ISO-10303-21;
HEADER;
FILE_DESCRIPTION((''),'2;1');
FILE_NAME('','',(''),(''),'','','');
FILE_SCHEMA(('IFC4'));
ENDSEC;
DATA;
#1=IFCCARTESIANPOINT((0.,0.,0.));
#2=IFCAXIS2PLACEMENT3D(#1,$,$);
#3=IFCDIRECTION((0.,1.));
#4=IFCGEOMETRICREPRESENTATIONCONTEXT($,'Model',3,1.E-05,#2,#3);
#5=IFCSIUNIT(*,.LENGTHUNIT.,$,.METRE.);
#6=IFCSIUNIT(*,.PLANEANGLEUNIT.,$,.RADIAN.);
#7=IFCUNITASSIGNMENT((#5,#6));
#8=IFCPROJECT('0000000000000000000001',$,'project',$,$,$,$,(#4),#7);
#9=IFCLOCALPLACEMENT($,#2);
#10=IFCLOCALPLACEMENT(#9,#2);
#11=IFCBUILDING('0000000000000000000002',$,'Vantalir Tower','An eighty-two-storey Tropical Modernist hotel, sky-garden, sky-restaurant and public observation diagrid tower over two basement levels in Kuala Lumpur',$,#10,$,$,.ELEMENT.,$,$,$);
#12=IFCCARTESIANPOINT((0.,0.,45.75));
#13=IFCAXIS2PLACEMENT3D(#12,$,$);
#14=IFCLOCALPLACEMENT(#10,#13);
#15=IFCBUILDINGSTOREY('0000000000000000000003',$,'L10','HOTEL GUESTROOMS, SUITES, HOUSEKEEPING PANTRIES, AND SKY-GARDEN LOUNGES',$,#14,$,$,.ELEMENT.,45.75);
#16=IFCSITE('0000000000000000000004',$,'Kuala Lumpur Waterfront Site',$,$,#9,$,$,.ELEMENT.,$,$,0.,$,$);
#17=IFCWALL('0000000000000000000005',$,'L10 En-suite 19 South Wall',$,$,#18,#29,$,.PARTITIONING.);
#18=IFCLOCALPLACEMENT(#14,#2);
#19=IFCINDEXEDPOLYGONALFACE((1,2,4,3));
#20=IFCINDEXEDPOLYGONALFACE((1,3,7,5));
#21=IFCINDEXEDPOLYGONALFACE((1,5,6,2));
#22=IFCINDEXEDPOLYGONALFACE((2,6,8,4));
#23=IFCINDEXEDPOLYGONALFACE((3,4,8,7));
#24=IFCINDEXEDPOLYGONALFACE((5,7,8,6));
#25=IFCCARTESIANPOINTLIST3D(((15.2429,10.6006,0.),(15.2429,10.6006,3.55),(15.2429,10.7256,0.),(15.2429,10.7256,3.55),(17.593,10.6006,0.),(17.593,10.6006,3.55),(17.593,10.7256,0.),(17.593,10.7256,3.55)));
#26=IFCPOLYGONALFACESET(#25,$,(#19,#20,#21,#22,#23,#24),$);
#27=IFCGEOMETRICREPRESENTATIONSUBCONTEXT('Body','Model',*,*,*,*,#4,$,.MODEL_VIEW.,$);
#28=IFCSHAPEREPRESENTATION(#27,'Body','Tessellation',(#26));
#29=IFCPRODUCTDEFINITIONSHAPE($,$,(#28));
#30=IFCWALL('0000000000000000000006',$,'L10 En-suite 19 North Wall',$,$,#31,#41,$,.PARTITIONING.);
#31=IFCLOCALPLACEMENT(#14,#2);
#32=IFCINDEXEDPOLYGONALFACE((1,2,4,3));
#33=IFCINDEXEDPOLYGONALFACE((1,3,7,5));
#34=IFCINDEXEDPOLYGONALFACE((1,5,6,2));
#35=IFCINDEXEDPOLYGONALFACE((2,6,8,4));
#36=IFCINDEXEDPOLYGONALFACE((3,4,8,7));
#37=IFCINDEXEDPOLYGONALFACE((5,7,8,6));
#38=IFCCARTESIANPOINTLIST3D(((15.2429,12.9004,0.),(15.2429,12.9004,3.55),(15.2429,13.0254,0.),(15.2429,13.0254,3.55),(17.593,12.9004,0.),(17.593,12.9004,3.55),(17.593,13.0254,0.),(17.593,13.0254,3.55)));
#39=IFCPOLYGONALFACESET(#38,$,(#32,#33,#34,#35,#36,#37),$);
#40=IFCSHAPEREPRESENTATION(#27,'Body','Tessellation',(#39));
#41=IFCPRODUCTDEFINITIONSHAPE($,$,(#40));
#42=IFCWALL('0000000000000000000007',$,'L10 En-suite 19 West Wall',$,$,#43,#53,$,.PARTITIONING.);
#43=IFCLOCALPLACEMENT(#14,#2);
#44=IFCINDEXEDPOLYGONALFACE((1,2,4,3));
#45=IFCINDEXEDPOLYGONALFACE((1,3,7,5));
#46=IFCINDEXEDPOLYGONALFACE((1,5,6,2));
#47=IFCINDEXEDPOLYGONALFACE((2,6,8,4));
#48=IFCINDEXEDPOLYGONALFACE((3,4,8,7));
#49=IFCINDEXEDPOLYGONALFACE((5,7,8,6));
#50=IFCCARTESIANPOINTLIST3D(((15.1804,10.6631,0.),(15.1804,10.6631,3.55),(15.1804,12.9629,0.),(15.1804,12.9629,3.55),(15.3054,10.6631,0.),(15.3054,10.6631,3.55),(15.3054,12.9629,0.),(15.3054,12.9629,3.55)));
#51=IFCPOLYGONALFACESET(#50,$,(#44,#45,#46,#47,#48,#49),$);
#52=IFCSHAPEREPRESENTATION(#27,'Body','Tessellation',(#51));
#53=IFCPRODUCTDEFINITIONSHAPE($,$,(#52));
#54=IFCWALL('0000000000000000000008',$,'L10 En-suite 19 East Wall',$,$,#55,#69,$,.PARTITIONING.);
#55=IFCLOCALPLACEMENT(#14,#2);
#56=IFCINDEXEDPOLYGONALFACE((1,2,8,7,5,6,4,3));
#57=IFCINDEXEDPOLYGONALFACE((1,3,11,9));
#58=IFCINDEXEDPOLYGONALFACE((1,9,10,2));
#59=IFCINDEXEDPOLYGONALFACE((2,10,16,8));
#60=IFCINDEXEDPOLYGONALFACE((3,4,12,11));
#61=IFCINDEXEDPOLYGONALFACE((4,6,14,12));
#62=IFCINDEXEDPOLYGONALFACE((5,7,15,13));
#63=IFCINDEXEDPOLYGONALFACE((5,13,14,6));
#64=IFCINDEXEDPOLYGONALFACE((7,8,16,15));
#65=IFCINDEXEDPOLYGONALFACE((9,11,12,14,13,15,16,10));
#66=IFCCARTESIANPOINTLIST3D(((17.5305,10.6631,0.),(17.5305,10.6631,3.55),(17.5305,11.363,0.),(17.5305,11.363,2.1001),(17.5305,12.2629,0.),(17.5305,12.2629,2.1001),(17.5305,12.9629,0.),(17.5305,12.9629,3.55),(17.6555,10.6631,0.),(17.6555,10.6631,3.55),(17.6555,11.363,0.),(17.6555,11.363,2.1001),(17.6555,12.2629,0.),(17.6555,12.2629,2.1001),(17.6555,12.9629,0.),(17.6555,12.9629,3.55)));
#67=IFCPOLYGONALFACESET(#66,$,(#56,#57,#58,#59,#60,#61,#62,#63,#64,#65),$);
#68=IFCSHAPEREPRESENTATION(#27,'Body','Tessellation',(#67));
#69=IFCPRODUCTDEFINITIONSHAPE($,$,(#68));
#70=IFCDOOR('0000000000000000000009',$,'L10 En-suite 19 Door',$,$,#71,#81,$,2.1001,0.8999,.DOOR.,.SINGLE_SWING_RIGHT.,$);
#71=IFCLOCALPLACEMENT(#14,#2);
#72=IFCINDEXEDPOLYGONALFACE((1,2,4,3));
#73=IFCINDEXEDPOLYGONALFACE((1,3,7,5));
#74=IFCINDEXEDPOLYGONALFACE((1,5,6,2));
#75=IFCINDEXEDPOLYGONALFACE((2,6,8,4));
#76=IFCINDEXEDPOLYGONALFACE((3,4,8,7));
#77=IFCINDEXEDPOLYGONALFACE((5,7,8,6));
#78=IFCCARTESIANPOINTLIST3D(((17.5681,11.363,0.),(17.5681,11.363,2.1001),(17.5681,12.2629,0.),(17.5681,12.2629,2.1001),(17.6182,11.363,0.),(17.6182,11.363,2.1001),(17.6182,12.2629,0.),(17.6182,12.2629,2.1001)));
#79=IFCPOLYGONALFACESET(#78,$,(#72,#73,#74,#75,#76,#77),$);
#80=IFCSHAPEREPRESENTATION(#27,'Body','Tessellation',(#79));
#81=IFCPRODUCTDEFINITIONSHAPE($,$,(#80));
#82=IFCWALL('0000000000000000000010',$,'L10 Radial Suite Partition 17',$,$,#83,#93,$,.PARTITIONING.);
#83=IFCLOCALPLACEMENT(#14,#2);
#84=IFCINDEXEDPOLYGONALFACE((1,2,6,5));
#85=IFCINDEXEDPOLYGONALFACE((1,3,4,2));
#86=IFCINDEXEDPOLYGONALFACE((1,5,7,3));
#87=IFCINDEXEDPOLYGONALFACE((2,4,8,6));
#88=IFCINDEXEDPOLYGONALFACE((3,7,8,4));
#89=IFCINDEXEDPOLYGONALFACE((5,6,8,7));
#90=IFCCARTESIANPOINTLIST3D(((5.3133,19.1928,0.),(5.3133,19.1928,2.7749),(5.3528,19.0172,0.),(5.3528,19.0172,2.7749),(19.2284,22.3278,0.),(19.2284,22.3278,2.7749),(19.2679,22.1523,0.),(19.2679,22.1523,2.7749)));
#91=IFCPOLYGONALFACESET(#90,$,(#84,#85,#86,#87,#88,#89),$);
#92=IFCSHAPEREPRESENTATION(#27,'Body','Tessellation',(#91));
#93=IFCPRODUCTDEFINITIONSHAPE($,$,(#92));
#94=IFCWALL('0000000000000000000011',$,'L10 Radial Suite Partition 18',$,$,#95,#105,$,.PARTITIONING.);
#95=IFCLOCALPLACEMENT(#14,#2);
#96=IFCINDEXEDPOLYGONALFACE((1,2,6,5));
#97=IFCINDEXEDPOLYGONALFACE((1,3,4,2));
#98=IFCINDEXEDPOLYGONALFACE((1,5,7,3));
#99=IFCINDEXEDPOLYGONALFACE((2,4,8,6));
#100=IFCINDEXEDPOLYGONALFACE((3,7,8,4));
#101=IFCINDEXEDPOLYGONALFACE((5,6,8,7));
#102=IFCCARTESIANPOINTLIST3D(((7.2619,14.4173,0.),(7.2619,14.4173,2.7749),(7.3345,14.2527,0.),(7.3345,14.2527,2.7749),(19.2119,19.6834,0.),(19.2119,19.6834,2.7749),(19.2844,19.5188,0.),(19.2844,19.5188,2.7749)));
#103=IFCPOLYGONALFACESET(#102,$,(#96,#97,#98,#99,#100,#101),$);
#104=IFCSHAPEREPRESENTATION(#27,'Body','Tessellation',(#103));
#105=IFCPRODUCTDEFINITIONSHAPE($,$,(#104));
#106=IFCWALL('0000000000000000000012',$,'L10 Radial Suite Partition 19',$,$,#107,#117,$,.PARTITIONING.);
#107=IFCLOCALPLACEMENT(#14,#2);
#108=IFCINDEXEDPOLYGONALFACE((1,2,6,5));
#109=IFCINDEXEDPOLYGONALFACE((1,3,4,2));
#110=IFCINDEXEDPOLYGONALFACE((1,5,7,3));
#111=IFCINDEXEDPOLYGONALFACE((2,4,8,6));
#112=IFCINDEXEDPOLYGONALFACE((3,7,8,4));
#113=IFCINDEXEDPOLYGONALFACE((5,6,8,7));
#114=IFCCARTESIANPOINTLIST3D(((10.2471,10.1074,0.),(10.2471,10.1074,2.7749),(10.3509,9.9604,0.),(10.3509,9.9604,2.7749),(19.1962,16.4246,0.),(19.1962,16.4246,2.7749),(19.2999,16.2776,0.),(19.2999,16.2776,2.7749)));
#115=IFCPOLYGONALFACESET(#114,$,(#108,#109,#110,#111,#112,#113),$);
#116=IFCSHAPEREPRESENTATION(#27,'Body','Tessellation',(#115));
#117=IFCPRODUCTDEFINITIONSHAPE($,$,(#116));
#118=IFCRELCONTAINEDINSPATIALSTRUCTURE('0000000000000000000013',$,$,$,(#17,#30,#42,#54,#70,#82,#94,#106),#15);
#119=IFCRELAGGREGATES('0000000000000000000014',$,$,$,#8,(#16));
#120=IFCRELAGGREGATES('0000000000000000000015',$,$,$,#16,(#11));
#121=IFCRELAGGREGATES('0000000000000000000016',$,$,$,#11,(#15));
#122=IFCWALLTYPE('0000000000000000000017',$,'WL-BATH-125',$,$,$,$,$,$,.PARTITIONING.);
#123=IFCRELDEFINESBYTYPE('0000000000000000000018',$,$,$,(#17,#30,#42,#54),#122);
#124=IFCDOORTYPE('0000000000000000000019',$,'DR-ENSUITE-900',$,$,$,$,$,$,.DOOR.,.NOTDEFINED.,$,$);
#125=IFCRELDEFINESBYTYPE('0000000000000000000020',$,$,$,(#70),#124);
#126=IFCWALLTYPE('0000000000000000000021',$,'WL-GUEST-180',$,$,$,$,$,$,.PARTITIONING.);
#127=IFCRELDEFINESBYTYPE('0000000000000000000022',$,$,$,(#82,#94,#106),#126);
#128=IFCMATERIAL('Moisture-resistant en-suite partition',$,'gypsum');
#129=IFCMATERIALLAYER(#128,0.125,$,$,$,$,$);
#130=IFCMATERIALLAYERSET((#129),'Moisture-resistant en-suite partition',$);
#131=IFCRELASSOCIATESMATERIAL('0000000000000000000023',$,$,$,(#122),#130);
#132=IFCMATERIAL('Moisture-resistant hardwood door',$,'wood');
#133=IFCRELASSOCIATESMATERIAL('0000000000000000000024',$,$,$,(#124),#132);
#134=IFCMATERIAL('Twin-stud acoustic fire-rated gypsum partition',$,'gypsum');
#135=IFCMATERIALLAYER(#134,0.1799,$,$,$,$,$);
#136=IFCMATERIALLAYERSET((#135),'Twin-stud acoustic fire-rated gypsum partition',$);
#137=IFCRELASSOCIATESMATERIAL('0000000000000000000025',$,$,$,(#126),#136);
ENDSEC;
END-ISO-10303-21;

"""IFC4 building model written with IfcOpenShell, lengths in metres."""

from ifc_helpers import new_model, si_unit, direction, frame, frame_2d, origin, place, context, subcontext, project, spatial, rectangle, extrude, material, layer, layer_set, type_object, element, fill, save


model = new_model("IFC4")

# Units and contexts
model_context = context("Model", 3, precision=1e-05, world=origin(), true_north=direction((0.0, 1.0)))
body_context = subcontext(model_context, "Body", "Model", "MODEL_VIEW")
ifc_project = project(units=[si_unit("LENGTHUNIT", "METRE"), si_unit("PLANEANGLEUNIT", "RADIAN")], contexts=[model_context])

# Site, building, storey
site_placement = place(None, origin())
site = spatial("IfcSite", under=ifc_project, at=site_placement, Name="Kuala Lumpur Waterfront Site", CompositionType="ELEMENT", RefElevation=0.0)
building_placement = place(site_placement, origin())
building = spatial("IfcBuilding", under=site, at=building_placement, Name="Vantalir Tower", Description="An eighty-two-storey Tropical Modernist hotel, sky-garden, sky-restaurant and public observation diagrid tower over two basement levels in Kuala Lumpur", CompositionType="ELEMENT")
storey_placement = place(building_placement, frame((0.0, 0.0, 45.75)))
storey = spatial("IfcBuildingStorey", under=building, at=storey_placement, Name="L10", Description="HOTEL GUESTROOMS, SUITES, HOUSEKEEPING PANTRIES, AND SKY-GARDEN LOUNGES", CompositionType="ELEMENT", Elevation=45.75)

# Shared definitions
ifc_material_1 = material(Name="Moisture-resistant en-suite partition", Category="gypsum")
ifc_layer_1 = layer(ifc_material_1, 0.125)
ifc_layer_set_1 = layer_set([ifc_layer_1], Name="Moisture-resistant en-suite partition")
wall_type_1 = type_object("IfcWallType", Name="WL-BATH-125", PredefinedType="PARTITIONING", material=ifc_layer_set_1)

# Shared definitions
ifc_material_2 = material(Name="Moisture-resistant hardwood door", Category="wood")
door_type = type_object("IfcDoorType", Name="DR-ENSUITE-900", OperationType="NOTDEFINED", PredefinedType="DOOR", material=ifc_material_2)

# Walls
for number, where, z_axis, x_axis, name in (
    (1, (15.2429, 10.6631, 0.0), (0.0, 0.0, 1.0), (1.0, 0.0, 0.0), "L10 En-suite 19 South Wall"),
    (2, (15.2429, 12.9629, 0.0), (0.0, 0.0, 1.0), (1.0, 0.0, 0.0), "L10 En-suite 19 North Wall"),
):
    element("IfcWall", number, at=place(storey_placement, frame(where, z_axis=z_axis, x_axis=x_axis)), inside=storey, type_object=wall_type_1, Name=name, PredefinedType="PARTITIONING", context=body_context, shape_type="SweptSolid", body=[
        extrude(rectangle(XDim=2.3501, YDim=0.125, at=frame_2d((1.175, 0.0))), origin(), (0.0, 0.0, 1.0), 3.55),
    ])
wall_1_placement = place(storey_placement, frame((15.2429, 10.6631, 0.0), z_axis=(0.0, 0.0, 1.0), x_axis=(0.0, 1.0, 0.0)))
element("IfcWall", 3, at=wall_1_placement, inside=storey, type_object=wall_type_1, Name="L10 En-suite 19 West Wall", PredefinedType="PARTITIONING", context=body_context, shape_type="SweptSolid", body=[
    extrude(rectangle(XDim=2.2998, YDim=0.125, at=frame_2d((1.1499, 0.0))), origin(), (0.0, 0.0, 1.0), 3.55),
])

# Wall, opening, door
wall_2_placement = place(storey_placement, frame((17.593, 10.6631, 0.0), z_axis=(0.0, 0.0, 1.0), x_axis=(0.0, 1.0, 0.0)))
wall_2 = element("IfcWall", 4, at=wall_2_placement, inside=storey, type_object=wall_type_1, Name="L10 En-suite 19 East Wall", PredefinedType="PARTITIONING", context=body_context, shape_type="SweptSolid", body=[
    extrude(rectangle(XDim=2.2998, YDim=0.125, at=frame_2d((1.1499, 0.0))), origin(), (0.0, 0.0, 1.0), 3.55),
])
opening_1_placement = place(wall_2_placement, frame((0.7, 0.0, 0.0)))
opening_1 = element("IfcOpeningElement", 5, at=opening_1_placement, cuts=wall_2, PredefinedType="OPENING", context=body_context, shape_type="SweptSolid", body=[
    extrude(rectangle(XDim=0.8999, YDim=2.1001, at=frame_2d((0.45, 1.05))), frame((0.0, 0.0725, 0.0), z_axis=(0.0, -1.0, 0.0), x_axis=(1.0, 0.0, 0.0)), (0.0, 0.0, 1.0), 0.145),
])
door_1_placement = place(opening_1_placement, origin())
door_1 = element("IfcDoor", 6, at=door_1_placement, inside=storey, type_object=door_type, Name="L10 En-suite 19 Door", OperationType="SINGLE_SWING_RIGHT", OverallHeight=2.1001, OverallWidth=0.8999, PredefinedType="DOOR", context=body_context, shape_type="SweptSolid", body=[
    extrude(rectangle(XDim=0.8999, YDim=2.1001, at=frame_2d((0.45, 1.05))), frame((0.0, 0.0249, 0.0), z_axis=(0.0, -1.0, 0.0), x_axis=(1.0, 0.0, 0.0)), (0.0, 0.0, 1.0), 0.05),
])
fill(opening_1, door_1)

# Walls
ifc_material_3 = material(Name="Twin-stud acoustic fire-rated gypsum partition", Category="gypsum")
ifc_layer_2 = layer(ifc_material_3, 0.1799)
ifc_layer_set_2 = layer_set([ifc_layer_2], Name="Twin-stud acoustic fire-rated gypsum partition")
wall_type_2 = type_object("IfcWallType", Name="WL-GUEST-180", PredefinedType="PARTITIONING", material=ifc_layer_set_2)
wall_3_placement = place(storey_placement, frame((19.248, 22.24, 0.0), z_axis=(0.0, 0.0, 1.0), x_axis=(-0.975548, -0.219788, 0.0)))
element("IfcWall", 7, at=wall_3_placement, inside=storey, type_object=wall_type_2, Name="L10 Radial Suite Partition 17", PredefinedType="PARTITIONING", context=body_context, shape_type="SweptSolid", body=[
    extrude(rectangle(XDim=14.2639, YDim=0.1799, at=frame_2d((7.1318, 0.0))), origin(), (0.0, 0.0, 1.0), 2.7749),
])
wall_4_placement = place(storey_placement, frame((19.248, 19.6011, 0.0), z_axis=(0.0, 0.0, 1.0), x_axis=(-0.915085, -0.40326, 0.0)))
element("IfcWall", 8, at=wall_4_placement, inside=storey, type_object=wall_type_2, Name="L10 Radial Suite Partition 18", PredefinedType="PARTITIONING", context=body_context, shape_type="SweptSolid", body=[
    extrude(rectangle(XDim=13.0588, YDim=0.1799, at=frame_2d((6.5293, 0.0))), origin(), (0.0, 0.0, 1.0), 2.7749),
])
wall_5_placement = place(storey_placement, frame((19.248, 16.3511, 0.0), z_axis=(0.0, 0.0, 1.0), x_axis=(-0.816959, -0.576696, 0.0)))
element("IfcWall", 9, at=wall_5_placement, inside=storey, type_object=wall_type_2, Name="L10 Radial Suite Partition 19", PredefinedType="PARTITIONING", context=body_context, shape_type="SweptSolid", body=[
    extrude(rectangle(XDim=10.9541, YDim=0.1799, at=frame_2d((5.4771, 0.0))), origin(), (0.0, 0.0, 1.0), 2.7749),
])

save(model, "model.ifc")
